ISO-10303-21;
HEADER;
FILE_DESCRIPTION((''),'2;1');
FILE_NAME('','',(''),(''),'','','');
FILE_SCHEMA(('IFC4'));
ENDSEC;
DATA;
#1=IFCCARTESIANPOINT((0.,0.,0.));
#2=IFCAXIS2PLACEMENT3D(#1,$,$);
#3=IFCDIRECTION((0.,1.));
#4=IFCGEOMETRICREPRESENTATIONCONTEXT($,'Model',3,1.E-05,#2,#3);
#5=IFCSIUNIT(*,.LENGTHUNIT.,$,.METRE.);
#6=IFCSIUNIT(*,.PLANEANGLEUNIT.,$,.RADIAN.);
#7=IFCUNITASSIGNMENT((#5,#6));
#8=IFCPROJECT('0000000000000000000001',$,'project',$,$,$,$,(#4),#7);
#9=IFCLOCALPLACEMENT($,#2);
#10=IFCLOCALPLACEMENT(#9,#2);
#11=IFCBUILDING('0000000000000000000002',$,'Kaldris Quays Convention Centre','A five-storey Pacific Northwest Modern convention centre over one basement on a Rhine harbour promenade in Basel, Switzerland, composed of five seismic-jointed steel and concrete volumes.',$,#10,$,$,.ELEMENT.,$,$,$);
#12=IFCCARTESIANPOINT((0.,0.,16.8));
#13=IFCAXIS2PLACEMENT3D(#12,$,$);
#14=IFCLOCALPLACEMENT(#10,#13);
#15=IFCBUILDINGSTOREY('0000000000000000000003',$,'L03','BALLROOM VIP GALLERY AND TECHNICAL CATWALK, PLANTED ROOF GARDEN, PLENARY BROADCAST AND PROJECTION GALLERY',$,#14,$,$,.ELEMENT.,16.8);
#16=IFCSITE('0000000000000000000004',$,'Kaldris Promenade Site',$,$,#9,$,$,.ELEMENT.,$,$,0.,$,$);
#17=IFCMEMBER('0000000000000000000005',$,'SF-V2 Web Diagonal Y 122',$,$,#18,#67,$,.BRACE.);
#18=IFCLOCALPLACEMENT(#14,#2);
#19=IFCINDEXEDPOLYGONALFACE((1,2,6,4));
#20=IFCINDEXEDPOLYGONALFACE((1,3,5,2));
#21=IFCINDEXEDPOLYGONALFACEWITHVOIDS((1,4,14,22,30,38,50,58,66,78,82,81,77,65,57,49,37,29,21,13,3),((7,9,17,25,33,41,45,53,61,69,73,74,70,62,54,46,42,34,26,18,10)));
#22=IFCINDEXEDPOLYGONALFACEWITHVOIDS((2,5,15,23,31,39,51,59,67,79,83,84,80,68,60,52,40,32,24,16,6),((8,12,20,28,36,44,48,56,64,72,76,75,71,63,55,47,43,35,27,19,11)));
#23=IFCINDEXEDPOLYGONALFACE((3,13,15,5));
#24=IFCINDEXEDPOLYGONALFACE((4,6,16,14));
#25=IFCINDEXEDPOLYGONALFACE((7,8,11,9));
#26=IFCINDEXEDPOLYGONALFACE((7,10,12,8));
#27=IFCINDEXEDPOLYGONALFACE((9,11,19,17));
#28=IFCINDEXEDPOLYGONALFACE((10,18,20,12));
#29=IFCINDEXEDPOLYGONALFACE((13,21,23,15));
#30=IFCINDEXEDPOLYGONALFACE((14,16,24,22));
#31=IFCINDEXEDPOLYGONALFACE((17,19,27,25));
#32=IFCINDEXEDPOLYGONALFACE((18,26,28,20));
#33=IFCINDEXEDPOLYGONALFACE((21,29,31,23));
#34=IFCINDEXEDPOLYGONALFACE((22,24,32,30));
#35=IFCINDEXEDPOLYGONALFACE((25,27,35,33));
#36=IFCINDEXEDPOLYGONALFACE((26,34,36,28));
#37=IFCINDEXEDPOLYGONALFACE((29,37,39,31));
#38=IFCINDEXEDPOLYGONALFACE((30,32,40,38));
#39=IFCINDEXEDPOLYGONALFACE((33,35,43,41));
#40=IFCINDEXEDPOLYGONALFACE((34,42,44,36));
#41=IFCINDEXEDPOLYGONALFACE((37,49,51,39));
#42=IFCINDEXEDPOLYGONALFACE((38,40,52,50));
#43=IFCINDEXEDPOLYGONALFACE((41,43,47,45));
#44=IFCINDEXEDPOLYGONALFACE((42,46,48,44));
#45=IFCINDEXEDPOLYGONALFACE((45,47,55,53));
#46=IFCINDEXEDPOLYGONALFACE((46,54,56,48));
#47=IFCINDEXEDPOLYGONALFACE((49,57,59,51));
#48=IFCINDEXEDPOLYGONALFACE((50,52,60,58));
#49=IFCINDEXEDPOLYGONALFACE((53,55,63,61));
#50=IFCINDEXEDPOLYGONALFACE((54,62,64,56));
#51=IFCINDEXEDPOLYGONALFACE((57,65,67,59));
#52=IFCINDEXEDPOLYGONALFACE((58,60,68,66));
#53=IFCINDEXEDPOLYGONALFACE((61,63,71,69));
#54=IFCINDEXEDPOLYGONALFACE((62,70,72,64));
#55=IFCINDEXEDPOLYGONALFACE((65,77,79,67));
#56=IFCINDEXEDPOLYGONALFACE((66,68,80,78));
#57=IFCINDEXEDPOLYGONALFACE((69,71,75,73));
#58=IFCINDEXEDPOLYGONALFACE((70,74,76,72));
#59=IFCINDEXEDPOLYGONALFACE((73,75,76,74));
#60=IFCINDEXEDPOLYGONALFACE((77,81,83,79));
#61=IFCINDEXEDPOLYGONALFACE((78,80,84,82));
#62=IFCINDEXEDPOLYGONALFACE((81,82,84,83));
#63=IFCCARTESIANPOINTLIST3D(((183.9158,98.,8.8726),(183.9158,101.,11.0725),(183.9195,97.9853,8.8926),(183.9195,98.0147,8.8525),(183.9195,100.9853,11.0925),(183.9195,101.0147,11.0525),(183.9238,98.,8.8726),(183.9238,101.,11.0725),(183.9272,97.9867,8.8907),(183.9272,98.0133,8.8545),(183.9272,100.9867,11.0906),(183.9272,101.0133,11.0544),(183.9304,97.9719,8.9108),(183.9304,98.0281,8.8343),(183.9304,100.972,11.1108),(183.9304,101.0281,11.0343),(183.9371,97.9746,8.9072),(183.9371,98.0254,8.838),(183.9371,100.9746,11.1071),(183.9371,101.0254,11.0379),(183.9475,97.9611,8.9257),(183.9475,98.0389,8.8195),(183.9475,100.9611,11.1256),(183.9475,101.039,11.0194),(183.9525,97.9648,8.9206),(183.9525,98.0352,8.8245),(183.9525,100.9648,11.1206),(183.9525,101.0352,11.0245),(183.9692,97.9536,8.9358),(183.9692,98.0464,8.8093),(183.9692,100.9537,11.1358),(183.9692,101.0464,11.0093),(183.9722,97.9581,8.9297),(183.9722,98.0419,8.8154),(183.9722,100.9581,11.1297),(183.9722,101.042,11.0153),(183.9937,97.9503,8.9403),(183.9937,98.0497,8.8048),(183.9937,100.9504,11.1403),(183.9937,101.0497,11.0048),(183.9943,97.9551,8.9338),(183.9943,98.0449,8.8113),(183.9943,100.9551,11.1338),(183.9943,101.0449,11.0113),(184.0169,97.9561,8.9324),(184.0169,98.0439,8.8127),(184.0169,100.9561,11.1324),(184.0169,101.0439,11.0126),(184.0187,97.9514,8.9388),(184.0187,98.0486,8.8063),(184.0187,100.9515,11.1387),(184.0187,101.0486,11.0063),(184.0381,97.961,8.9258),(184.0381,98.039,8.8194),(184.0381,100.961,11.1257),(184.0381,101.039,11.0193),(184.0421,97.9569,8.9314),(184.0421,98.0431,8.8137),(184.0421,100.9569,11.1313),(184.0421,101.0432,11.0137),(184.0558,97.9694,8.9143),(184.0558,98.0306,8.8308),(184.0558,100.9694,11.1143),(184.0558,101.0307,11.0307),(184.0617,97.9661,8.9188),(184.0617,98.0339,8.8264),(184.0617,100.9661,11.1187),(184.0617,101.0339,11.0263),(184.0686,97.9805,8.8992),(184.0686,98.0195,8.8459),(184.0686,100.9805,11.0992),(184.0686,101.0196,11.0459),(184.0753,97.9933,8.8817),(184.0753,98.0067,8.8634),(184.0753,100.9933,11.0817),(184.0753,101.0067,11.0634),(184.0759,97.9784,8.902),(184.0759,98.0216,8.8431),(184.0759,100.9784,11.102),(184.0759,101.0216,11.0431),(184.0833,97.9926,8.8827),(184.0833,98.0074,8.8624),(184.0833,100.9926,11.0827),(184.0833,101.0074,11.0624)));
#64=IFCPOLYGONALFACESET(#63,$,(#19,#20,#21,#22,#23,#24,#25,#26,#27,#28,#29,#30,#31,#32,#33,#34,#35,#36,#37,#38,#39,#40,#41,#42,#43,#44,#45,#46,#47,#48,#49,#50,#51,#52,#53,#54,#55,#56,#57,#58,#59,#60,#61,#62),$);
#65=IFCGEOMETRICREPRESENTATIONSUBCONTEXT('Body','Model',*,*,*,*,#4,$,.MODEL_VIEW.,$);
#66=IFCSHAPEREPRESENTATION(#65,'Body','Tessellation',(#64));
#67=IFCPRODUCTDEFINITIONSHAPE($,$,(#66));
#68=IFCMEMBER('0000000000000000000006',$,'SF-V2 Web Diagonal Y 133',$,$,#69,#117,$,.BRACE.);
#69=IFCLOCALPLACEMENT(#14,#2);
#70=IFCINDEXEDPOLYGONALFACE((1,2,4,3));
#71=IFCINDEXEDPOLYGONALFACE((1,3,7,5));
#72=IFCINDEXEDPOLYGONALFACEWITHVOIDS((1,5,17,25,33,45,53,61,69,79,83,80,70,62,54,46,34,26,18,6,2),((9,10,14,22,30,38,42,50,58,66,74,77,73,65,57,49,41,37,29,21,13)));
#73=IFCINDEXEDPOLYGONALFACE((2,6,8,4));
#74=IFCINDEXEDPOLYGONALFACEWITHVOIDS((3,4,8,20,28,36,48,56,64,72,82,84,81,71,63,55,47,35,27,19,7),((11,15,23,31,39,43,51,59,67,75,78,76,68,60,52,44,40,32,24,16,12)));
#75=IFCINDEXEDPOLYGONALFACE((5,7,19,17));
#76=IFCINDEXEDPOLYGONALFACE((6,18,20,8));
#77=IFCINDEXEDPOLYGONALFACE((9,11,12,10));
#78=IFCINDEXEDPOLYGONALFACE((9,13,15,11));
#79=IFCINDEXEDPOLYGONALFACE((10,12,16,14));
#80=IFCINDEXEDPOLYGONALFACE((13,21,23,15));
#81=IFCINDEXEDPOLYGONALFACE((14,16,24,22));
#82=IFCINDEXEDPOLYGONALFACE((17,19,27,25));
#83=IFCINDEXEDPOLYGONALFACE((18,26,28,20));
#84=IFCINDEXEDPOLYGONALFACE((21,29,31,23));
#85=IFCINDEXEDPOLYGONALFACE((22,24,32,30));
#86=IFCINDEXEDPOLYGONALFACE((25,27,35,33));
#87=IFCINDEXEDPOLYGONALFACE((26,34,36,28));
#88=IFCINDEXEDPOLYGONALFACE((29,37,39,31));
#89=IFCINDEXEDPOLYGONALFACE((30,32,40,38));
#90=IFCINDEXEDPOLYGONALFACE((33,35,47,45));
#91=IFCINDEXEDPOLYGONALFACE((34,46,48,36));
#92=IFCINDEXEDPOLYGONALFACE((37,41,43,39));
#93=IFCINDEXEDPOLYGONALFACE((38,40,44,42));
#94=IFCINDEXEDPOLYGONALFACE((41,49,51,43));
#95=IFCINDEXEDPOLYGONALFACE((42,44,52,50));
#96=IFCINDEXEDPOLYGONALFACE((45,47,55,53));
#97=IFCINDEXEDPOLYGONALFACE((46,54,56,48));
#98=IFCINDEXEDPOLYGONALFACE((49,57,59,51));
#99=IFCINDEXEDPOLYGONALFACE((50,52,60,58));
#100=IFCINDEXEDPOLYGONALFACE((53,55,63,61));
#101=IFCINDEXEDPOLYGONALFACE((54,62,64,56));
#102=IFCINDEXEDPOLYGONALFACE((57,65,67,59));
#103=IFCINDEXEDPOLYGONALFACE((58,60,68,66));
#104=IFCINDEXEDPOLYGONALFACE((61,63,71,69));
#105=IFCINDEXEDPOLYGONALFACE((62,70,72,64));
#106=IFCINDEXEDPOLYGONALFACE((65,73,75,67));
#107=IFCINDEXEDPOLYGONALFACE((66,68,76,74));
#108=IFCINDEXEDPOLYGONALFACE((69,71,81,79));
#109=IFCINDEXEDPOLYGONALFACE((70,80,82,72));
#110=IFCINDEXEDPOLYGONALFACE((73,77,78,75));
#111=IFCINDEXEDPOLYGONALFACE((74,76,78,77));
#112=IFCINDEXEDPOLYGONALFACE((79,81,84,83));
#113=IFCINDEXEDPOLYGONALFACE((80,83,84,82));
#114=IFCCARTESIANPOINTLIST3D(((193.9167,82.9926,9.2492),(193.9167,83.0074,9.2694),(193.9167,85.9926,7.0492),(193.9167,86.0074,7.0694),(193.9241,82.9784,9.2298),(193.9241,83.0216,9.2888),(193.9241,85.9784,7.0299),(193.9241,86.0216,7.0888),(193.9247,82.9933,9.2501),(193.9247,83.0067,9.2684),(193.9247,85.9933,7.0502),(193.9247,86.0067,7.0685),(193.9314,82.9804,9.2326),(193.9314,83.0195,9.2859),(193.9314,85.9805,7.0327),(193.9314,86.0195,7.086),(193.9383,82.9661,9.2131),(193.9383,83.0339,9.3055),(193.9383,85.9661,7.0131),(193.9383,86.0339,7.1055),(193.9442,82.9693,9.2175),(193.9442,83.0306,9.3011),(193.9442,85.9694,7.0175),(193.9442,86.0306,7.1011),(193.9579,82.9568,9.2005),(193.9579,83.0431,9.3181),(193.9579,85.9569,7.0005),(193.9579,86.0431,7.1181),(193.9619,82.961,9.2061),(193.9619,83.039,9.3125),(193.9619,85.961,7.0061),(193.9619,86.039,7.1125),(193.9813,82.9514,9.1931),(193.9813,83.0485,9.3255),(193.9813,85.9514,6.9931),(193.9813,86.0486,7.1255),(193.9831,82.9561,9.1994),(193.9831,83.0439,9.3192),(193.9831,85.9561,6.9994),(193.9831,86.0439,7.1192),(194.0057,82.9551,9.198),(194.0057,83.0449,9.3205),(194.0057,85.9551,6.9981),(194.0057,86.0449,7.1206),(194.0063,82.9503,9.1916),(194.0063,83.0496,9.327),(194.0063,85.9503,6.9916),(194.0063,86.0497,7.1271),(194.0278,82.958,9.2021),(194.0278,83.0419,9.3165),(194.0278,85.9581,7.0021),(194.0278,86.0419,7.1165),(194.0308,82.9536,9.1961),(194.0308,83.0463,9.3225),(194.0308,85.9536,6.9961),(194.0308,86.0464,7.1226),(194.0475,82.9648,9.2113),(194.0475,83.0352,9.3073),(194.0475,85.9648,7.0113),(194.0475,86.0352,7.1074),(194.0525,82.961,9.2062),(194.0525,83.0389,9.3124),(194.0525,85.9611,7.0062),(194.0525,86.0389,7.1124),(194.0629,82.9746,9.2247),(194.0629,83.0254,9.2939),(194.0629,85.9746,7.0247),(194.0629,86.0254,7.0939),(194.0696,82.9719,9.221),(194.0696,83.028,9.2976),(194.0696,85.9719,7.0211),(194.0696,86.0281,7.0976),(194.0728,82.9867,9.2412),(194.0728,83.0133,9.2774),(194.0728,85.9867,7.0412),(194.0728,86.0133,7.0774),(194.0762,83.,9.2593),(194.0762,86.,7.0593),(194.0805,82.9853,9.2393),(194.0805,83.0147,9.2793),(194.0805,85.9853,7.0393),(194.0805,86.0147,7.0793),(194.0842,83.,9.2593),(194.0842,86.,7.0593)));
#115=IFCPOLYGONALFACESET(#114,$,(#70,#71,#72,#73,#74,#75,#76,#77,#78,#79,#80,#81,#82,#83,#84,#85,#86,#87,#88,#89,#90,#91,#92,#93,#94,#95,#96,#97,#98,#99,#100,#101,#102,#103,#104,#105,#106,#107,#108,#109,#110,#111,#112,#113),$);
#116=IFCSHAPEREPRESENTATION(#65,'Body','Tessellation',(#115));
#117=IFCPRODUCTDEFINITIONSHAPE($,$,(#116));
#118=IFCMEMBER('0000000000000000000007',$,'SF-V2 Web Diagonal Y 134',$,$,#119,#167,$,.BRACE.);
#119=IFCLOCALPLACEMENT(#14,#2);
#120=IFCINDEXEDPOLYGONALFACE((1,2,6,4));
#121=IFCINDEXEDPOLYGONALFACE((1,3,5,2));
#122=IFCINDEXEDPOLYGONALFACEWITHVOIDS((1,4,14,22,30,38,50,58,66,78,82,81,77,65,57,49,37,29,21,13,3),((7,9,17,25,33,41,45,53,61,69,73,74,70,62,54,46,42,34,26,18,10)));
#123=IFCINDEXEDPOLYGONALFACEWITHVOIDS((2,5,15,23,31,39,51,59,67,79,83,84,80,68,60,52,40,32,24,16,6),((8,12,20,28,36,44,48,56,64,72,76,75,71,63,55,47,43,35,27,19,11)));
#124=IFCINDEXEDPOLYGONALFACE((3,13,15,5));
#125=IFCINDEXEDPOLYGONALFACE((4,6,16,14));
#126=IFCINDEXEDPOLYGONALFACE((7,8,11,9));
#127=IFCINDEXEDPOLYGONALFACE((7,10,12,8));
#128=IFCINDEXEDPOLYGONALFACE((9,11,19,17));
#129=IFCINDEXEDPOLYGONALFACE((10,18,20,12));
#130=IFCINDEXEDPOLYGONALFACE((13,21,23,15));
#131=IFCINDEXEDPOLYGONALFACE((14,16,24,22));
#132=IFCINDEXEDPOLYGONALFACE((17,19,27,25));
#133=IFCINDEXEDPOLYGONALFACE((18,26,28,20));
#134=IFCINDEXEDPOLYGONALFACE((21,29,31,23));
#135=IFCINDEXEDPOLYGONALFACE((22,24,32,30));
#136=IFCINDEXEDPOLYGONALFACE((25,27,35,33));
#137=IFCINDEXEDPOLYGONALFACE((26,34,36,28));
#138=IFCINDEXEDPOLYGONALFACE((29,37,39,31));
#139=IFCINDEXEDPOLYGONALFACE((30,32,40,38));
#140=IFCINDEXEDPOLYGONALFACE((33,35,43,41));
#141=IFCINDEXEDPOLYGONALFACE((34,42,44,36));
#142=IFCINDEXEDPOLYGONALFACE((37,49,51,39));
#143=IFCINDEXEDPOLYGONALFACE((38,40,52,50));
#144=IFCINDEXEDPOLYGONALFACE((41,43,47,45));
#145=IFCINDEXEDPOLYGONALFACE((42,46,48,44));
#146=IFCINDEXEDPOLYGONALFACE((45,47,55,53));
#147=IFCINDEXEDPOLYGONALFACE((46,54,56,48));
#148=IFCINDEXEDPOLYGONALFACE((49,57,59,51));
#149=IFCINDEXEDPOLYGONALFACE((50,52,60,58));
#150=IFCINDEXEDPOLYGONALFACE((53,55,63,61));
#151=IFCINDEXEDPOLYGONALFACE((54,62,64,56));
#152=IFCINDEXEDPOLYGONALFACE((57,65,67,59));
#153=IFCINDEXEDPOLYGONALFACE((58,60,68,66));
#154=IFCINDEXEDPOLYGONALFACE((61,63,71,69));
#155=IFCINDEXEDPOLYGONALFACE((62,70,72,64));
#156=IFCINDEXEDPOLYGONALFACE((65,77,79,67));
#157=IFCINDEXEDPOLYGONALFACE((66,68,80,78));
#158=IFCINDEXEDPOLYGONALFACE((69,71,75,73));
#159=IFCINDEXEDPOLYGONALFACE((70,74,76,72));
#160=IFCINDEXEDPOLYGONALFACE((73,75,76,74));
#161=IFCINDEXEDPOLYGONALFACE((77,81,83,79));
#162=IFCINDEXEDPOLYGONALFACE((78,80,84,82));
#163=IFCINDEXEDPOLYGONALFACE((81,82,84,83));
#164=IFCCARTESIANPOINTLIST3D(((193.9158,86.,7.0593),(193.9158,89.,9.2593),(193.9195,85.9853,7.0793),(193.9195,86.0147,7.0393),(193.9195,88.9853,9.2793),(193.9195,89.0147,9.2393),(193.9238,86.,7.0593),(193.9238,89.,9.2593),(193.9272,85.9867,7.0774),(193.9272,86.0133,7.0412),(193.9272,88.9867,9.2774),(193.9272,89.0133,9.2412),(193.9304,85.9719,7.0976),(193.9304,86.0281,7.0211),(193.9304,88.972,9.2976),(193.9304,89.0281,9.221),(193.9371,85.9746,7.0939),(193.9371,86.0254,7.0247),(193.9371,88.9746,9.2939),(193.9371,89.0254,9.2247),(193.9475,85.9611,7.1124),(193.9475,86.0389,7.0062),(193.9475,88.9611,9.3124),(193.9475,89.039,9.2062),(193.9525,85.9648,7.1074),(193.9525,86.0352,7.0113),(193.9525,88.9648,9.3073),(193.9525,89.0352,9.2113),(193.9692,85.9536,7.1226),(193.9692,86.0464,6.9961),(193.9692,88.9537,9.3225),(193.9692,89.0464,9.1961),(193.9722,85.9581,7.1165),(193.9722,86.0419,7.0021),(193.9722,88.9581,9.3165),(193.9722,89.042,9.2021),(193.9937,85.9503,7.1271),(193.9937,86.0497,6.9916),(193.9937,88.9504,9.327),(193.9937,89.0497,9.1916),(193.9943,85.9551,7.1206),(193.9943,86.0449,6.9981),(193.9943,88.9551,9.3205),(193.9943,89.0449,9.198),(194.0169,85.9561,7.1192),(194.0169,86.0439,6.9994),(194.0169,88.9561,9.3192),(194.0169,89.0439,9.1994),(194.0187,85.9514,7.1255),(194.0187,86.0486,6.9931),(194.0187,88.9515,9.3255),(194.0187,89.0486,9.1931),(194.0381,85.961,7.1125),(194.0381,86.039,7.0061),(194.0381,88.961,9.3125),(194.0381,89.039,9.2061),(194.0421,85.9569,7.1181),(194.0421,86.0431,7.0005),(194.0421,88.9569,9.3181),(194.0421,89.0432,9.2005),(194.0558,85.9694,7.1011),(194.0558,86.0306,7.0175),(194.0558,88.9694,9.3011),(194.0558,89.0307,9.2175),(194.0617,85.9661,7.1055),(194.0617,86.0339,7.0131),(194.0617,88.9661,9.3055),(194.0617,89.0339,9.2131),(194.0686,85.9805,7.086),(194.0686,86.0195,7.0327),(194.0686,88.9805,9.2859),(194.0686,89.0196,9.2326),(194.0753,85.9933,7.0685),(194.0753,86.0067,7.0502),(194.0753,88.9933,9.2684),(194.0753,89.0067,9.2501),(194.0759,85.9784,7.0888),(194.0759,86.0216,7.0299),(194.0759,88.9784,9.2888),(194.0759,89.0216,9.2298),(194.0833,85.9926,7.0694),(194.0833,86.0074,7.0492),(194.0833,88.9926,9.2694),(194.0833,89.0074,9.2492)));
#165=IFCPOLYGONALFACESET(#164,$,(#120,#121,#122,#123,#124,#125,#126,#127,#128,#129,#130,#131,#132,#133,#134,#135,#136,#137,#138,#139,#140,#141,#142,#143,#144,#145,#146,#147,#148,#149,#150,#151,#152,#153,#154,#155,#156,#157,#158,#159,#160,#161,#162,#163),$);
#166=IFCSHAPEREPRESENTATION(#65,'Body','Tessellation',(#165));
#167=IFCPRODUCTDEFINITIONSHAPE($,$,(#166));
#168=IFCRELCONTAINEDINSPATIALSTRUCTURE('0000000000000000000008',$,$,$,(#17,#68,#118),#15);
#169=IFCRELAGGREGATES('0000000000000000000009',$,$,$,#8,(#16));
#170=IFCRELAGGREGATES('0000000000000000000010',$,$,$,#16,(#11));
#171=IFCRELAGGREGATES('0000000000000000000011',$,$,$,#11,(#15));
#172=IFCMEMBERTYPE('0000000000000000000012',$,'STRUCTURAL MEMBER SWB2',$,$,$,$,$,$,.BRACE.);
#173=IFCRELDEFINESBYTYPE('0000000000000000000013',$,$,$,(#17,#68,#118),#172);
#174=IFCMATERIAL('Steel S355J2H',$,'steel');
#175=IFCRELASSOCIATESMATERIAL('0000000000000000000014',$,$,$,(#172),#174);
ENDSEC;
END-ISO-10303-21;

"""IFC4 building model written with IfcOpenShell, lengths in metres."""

from ifc_helpers import new_model, si_unit, direction, frame, origin, origin_2d, place, context, subcontext, project, spatial, hollow_circle, extrude, material, material_profile, profile_set, type_object, element, save


model = new_model("IFC4")

# Units and contexts
model_context = context("Model", 3, precision=1e-05, world=origin(), true_north=direction((0.0, 1.0)))
body_context = subcontext(model_context, "Body", "Model", "MODEL_VIEW")
ifc_project = project(units=[si_unit("LENGTHUNIT", "METRE"), si_unit("PLANEANGLEUNIT", "RADIAN")], contexts=[model_context])

# Site, building, storey
site_placement = place(None, origin())
site = spatial("IfcSite", under=ifc_project, at=site_placement, Name="Kaldris Promenade Site", CompositionType="ELEMENT", RefElevation=0.0)
building_placement = place(site_placement, origin())
building = spatial("IfcBuilding", under=site, at=building_placement, Name="Kaldris Quays Convention Centre", Description="A five-storey Pacific Northwest Modern convention centre over one basement on a Rhine harbour promenade in Basel, Switzerland, composed of five seismic-jointed steel and concrete volumes.", CompositionType="ELEMENT")
storey_placement = place(building_placement, frame((0.0, 0.0, 16.8)))
storey = spatial("IfcBuildingStorey", under=building, at=storey_placement, Name="L03", Description="BALLROOM VIP GALLERY AND TECHNICAL CATWALK, PLANTED ROOF GARDEN, PLENARY BROADCAST AND PROJECTION GALLERY", CompositionType="ELEMENT", Elevation=16.8)

# Members
ifc_material_1 = material(Name="Steel S355J2H", Category="steel")
ifc_material_profile_1 = material_profile(ifc_material_1, hollow_circle(Radius=0.0842, WallThickness=0.0081, at=origin_2d()), Name="CHS 168.3x8")
ifc_profile_set_1 = profile_set([ifc_material_profile_1], Name="Steel S355J2H")
member_type_1 = type_object("IfcMemberType", Name="STRUCTURAL MEMBER SWB2", PredefinedType="BRACE", material=ifc_profile_set_1)
for number, where, z_axis, x_axis, name in (
    (1, (184.0, 98.0, 8.8726), (0.0, 0.806411, 0.591355), (-1.0, 0.0, 0.0), "SF-V2 Web Diagonal Y 122"),
    (2, (194.0, 86.0, 7.0593), (0.0, -0.806411, 0.591355), (1.0, 0.0, 0.0), "SF-V2 Web Diagonal Y 133"),
    (3, (194.0, 86.0, 7.0593), (0.0, 0.806411, 0.591355), (-1.0, 0.0, 0.0), "SF-V2 Web Diagonal Y 134"),
):
    element("IfcMember", number, at=place(storey_placement, frame(where, z_axis=z_axis, x_axis=x_axis)), inside=storey, type_object=member_type_1, Name=name, PredefinedType="BRACE", context=body_context, shape_type="SweptSolid", body=[
        extrude(hollow_circle(Radius=0.0842, WallThickness=0.0081, at=origin_2d()), origin(), (0.0, 0.0, 1.0), 3.7202),
    ])

save(model, "model.ifc")
